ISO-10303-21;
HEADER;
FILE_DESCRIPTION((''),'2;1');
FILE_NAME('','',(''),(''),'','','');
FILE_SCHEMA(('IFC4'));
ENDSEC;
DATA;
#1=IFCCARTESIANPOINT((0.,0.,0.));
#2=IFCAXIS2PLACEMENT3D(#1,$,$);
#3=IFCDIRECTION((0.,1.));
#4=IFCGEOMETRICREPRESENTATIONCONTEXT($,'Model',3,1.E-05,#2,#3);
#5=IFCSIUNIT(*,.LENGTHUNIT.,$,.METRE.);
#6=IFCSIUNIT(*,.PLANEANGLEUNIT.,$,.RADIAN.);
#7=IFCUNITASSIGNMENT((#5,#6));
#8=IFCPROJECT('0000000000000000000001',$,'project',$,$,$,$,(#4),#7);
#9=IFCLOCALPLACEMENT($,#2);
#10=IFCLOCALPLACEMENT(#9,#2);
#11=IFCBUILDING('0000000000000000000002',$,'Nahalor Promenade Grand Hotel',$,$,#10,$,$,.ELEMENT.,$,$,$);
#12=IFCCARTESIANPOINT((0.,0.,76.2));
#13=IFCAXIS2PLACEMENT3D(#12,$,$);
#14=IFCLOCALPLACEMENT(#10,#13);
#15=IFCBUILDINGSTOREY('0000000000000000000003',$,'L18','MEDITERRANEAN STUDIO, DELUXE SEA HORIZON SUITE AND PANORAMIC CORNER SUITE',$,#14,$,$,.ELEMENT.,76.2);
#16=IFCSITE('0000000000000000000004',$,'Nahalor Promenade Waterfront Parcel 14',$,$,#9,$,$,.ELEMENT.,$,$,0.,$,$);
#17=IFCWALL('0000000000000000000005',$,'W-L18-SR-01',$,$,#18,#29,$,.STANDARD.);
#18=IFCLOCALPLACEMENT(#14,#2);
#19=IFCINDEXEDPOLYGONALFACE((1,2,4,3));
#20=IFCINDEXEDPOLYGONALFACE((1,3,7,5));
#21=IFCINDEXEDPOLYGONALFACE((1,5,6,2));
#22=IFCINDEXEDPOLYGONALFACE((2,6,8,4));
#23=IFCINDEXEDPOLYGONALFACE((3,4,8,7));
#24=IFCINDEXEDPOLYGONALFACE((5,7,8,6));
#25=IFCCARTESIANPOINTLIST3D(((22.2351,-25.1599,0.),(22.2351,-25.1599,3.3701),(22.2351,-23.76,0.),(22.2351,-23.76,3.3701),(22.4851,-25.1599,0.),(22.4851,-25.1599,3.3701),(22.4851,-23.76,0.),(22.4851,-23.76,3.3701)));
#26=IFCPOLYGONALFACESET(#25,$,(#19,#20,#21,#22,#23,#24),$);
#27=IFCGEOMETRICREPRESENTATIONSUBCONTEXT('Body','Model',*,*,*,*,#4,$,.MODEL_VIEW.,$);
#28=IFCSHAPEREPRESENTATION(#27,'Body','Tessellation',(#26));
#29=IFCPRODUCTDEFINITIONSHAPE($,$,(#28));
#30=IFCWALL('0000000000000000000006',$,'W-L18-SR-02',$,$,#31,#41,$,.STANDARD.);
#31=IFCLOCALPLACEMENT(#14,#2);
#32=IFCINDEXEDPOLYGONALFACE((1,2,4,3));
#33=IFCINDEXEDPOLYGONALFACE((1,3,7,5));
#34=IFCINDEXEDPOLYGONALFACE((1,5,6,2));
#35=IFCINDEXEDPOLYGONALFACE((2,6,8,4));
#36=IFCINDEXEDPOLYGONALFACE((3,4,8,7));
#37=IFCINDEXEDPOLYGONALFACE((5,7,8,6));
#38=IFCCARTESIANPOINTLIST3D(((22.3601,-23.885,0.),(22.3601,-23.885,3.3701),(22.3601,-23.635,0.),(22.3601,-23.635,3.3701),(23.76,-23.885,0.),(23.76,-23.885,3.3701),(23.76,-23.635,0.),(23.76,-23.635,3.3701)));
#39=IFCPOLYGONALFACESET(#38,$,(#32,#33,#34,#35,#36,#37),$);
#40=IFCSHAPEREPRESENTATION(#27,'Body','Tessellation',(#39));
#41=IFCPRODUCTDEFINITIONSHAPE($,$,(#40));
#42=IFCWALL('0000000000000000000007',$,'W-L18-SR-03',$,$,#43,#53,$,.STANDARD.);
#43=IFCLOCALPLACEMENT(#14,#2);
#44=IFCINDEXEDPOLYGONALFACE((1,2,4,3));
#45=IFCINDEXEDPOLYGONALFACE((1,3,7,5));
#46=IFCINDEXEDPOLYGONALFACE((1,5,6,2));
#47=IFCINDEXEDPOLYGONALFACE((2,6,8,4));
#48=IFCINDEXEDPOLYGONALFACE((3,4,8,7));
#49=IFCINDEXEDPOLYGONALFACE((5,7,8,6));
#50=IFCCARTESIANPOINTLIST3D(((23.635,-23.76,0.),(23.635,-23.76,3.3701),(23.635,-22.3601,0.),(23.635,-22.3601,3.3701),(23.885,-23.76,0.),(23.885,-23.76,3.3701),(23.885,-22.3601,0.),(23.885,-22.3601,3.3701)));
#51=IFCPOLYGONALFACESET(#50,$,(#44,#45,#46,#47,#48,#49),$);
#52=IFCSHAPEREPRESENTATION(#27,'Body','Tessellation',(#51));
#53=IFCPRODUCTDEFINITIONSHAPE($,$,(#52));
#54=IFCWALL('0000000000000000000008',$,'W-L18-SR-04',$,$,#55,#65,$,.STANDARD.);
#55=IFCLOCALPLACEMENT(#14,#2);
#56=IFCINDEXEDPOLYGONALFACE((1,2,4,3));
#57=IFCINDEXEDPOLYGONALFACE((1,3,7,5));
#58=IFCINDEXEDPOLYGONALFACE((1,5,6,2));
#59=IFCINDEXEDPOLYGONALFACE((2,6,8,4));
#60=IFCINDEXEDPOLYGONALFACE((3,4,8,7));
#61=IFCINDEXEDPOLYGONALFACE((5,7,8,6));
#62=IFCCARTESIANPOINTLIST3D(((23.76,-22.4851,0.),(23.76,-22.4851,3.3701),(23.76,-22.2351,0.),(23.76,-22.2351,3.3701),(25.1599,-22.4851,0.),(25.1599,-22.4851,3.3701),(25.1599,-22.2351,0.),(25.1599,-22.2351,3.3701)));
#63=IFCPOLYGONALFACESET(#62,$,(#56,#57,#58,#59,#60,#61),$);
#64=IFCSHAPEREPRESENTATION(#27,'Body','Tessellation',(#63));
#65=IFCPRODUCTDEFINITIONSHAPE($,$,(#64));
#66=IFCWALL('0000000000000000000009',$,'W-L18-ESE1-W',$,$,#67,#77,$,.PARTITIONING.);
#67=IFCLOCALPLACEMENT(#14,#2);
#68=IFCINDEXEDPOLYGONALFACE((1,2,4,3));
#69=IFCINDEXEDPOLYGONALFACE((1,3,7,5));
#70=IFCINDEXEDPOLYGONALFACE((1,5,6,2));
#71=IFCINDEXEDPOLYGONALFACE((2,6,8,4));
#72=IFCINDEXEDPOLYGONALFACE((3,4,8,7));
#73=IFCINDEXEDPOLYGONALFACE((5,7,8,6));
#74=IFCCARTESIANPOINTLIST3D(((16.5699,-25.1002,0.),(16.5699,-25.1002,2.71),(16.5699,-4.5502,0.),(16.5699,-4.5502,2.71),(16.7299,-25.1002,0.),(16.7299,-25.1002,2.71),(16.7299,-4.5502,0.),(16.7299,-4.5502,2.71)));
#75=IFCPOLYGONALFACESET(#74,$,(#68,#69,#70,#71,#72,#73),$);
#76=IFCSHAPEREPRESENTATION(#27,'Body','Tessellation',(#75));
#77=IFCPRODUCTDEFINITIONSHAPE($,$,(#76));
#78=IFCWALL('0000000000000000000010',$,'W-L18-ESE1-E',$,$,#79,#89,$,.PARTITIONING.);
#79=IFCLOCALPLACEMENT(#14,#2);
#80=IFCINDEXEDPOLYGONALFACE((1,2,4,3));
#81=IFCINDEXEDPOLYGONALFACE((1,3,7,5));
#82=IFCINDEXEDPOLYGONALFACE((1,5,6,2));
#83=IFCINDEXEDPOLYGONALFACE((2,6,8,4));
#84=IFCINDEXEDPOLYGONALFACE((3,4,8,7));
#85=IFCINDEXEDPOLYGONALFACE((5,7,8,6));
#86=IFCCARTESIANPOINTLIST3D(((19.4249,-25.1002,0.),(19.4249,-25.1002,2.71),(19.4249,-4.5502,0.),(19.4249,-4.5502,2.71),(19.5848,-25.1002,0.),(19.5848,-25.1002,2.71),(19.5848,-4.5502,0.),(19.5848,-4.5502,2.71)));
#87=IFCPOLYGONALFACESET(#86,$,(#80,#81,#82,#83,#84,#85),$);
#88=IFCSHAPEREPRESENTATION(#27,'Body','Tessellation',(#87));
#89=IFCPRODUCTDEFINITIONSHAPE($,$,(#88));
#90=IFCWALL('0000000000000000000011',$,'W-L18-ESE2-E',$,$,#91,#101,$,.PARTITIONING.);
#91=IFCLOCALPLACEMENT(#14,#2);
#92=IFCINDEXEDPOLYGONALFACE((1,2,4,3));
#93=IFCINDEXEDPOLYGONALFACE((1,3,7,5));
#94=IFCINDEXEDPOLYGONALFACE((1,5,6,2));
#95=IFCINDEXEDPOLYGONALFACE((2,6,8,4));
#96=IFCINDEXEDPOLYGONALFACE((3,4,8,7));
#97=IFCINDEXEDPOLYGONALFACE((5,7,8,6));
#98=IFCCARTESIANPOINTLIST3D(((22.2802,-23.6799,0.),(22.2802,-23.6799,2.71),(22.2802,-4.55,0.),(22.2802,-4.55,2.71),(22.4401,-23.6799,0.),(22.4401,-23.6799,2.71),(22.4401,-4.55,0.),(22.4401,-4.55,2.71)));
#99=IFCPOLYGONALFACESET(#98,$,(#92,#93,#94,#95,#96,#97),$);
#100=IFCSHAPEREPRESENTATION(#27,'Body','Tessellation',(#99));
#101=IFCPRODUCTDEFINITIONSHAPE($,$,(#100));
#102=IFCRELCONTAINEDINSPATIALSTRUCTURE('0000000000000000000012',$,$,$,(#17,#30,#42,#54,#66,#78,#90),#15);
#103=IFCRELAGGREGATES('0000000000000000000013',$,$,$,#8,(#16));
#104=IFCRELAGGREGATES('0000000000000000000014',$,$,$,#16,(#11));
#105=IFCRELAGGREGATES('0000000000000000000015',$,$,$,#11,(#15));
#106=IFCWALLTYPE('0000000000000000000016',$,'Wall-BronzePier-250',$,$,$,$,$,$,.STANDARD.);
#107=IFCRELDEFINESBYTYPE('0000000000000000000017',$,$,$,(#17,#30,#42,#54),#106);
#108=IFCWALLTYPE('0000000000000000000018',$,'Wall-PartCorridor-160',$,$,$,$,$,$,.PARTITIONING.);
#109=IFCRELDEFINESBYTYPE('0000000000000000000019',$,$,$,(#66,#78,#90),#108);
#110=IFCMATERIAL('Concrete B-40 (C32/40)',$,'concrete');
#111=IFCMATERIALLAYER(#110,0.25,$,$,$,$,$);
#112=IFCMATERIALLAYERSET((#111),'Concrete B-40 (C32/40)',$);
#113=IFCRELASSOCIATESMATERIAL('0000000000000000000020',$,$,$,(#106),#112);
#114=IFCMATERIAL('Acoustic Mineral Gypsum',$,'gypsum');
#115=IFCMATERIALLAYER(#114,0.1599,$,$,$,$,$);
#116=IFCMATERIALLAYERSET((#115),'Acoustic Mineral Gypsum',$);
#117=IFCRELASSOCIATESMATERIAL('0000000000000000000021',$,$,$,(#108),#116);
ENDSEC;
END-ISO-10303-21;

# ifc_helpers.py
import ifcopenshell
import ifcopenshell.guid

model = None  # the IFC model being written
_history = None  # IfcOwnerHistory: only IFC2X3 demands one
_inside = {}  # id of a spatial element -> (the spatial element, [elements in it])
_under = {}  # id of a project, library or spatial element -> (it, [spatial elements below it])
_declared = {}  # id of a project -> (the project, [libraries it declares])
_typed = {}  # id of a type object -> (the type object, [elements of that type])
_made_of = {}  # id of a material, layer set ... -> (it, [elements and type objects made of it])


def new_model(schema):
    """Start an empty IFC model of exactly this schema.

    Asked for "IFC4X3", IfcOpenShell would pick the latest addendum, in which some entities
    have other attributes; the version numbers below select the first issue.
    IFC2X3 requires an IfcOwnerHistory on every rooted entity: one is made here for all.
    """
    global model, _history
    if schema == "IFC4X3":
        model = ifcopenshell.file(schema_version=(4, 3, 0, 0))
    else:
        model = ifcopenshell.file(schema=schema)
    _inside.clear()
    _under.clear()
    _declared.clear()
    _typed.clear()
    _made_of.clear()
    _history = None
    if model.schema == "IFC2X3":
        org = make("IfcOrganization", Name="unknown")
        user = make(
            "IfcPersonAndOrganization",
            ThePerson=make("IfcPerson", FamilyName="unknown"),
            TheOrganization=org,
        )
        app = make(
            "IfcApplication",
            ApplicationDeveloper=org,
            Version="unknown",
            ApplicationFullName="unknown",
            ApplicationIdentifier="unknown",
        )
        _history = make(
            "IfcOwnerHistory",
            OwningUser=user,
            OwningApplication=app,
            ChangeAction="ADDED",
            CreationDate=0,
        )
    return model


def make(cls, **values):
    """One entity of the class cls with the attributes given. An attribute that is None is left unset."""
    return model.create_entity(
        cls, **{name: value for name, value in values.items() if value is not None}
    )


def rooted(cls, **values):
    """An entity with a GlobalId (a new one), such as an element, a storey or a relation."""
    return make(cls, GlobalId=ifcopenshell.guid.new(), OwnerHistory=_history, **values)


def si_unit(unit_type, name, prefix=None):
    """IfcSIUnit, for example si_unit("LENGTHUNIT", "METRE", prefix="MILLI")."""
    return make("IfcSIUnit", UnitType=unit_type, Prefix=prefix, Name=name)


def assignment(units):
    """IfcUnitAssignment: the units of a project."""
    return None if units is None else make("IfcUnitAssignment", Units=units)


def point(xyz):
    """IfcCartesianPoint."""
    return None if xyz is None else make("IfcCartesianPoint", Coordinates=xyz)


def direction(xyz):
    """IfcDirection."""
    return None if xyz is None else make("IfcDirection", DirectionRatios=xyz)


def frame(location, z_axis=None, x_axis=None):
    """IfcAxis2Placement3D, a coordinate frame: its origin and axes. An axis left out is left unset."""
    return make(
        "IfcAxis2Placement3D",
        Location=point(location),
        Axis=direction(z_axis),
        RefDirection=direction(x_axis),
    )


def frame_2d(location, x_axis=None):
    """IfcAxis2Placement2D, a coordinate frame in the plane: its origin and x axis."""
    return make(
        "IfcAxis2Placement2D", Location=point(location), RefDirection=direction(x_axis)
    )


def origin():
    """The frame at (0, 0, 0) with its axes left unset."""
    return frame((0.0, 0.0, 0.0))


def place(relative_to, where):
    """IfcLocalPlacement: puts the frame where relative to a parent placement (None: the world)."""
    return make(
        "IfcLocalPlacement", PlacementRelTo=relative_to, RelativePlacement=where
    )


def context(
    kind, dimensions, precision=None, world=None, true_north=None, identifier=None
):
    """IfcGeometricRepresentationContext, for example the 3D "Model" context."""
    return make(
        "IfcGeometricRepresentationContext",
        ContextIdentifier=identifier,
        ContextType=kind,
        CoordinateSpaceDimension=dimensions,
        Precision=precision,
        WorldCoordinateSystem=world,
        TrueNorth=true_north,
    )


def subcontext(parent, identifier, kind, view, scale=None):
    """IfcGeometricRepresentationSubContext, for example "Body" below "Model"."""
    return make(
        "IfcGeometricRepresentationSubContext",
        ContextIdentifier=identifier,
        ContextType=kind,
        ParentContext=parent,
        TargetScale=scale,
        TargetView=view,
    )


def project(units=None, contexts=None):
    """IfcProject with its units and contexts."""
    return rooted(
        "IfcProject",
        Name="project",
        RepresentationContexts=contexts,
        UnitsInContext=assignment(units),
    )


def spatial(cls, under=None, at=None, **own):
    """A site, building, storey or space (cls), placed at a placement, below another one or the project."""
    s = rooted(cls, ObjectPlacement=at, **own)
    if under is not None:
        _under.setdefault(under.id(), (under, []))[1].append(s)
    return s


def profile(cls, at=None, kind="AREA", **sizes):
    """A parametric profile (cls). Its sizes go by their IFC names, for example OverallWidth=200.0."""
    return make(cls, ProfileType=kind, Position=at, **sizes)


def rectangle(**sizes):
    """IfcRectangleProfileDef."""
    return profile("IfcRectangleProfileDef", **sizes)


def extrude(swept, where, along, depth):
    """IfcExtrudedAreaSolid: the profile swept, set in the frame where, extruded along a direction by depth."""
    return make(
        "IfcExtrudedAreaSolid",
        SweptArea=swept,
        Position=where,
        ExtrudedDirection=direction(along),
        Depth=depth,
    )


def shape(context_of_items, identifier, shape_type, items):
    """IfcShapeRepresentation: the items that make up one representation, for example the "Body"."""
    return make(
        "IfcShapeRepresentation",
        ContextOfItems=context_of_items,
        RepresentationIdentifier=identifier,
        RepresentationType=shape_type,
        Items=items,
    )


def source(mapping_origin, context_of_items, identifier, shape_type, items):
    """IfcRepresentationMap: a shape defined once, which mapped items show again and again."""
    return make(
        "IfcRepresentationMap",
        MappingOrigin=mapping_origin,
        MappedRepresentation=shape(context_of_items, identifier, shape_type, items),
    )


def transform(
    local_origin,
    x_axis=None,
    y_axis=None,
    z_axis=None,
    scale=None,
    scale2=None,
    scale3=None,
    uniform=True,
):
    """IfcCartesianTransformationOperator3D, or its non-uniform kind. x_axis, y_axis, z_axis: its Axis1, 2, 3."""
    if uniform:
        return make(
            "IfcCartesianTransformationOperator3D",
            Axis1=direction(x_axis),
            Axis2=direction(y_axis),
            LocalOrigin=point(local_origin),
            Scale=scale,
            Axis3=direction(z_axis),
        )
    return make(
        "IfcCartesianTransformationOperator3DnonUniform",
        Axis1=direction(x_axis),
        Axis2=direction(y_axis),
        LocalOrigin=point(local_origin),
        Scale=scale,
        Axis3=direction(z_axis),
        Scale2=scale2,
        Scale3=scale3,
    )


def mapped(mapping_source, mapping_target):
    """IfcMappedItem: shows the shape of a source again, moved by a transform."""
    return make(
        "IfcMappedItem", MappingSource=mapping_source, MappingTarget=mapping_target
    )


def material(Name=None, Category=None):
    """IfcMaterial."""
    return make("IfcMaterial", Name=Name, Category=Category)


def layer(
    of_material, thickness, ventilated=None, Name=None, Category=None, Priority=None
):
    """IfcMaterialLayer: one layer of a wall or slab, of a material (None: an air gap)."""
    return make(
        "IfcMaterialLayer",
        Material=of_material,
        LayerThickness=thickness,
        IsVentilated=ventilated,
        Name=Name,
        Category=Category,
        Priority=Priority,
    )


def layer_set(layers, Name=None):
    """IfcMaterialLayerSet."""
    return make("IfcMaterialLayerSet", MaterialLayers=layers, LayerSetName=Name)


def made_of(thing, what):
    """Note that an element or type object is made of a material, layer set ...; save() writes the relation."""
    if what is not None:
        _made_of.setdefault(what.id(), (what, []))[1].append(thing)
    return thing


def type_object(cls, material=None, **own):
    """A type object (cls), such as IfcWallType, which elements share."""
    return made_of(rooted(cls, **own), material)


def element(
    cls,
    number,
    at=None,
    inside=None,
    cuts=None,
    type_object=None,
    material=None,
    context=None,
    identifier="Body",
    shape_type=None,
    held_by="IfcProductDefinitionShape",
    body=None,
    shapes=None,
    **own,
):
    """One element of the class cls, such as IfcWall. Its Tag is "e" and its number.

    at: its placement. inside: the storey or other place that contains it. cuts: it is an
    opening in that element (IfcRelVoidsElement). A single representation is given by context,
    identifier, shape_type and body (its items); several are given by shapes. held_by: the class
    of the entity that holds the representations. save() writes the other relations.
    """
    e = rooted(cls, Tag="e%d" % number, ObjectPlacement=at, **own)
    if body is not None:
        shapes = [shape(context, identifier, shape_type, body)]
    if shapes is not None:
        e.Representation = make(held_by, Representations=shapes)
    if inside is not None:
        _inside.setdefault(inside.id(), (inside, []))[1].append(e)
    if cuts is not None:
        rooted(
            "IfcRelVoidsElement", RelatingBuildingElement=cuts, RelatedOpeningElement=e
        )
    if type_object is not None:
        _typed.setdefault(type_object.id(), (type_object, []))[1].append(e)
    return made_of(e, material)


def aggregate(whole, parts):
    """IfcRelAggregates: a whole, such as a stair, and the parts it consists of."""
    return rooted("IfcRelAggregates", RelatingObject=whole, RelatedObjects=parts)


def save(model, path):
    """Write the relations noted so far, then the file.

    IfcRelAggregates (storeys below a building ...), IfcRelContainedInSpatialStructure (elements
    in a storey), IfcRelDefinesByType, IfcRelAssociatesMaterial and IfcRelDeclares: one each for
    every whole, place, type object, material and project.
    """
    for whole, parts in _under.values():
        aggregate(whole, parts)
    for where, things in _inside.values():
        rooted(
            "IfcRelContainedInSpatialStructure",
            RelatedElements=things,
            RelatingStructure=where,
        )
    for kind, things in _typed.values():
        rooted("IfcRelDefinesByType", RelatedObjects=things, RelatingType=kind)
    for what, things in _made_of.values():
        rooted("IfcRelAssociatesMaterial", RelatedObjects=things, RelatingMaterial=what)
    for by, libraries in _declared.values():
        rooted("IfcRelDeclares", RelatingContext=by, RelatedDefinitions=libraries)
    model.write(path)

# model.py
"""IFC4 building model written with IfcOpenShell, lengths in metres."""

from ifc_helpers import new_model, si_unit, direction, frame, frame_2d, origin, place, context, subcontext, project, spatial, rectangle, extrude, source, transform, mapped, material, layer, layer_set, type_object, element, save


model = new_model("IFC4")

# Units and contexts
model_context = context("Model", 3, precision=1e-05, world=origin(), true_north=direction((0.0, 1.0)))
body_context = subcontext(model_context, "Body", "Model", "MODEL_VIEW")
ifc_project = project(units=[si_unit("LENGTHUNIT", "METRE"), si_unit("PLANEANGLEUNIT", "RADIAN")], contexts=[model_context])

# Site, building, storey
site_placement = place(None, origin())
site = spatial("IfcSite", under=ifc_project, at=site_placement, Name="Nahalor Promenade Waterfront Parcel 14", CompositionType="ELEMENT", RefElevation=0.0)
building_placement = place(site_placement, origin())
building = spatial("IfcBuilding", under=site, at=building_placement, Name="Nahalor Promenade Grand Hotel", CompositionType="ELEMENT")
storey_placement = place(building_placement, frame((0.0, 0.0, 76.2)))
storey = spatial("IfcBuildingStorey", under=building, at=storey_placement, Name="L18", Description="MEDITERRANEAN STUDIO, DELUXE SEA HORIZON SUITE AND PANORAMIC CORNER SUITE", CompositionType="ELEMENT", Elevation=76.2)

# Walls
ifc_material_1 = material(Name="Concrete B-40 (C32/40)", Category="concrete")
ifc_layer_1 = layer(ifc_material_1, 0.25)
ifc_layer_set_1 = layer_set([ifc_layer_1], Name="Concrete B-40 (C32/40)")
wall_type_1 = type_object("IfcWallType", Name="Wall-BronzePier-250", PredefinedType="STANDARD", material=ifc_layer_set_1)
shared_shape_1 = source(origin(), body_context, "Body", "SweptSolid", [
    extrude(rectangle(XDim=1.3999, YDim=0.25, at=frame_2d((0.7, 0.0))), origin(), (0.0, 0.0, 1.0), 3.3701),
])
for number, where, z_axis, x_axis, name in (
    (1, (22.3601, -25.1599, 0.0), (0.0, 0.0, 1.0), (0.0, 1.0, 0.0), "W-L18-SR-01"),
    (2, (22.3601, -23.76, 0.0), (0.0, 0.0, 1.0), (1.0, 0.0, 0.0), "W-L18-SR-02"),
    (3, (23.76, -23.76, 0.0), (0.0, 0.0, 1.0), (0.0, 1.0, 0.0), "W-L18-SR-03"),
    (4, (23.76, -22.3601, 0.0), (0.0, 0.0, 1.0), (1.0, 0.0, 0.0), "W-L18-SR-04"),
):
    element("IfcWall", number, at=place(storey_placement, frame(where, z_axis=z_axis, x_axis=x_axis)), inside=storey, type_object=wall_type_1, Name=name, PredefinedType="STANDARD", context=body_context, shape_type="MappedRepresentation", body=[
        mapped(shared_shape_1, transform((0.0, 0.0, 0.0), scale=1.0)),
    ])
ifc_material_2 = material(Name="Acoustic Mineral Gypsum", Category="gypsum")
ifc_layer_2 = layer(ifc_material_2, 0.1599)
ifc_layer_set_2 = layer_set([ifc_layer_2], Name="Acoustic Mineral Gypsum")
wall_type_2 = type_object("IfcWallType", Name="Wall-PartCorridor-160", PredefinedType="PARTITIONING", material=ifc_layer_set_2)
shared_shape_2 = source(origin(), body_context, "Body", "SweptSolid", [
    extrude(rectangle(XDim=20.55, YDim=0.1599, at=frame_2d((10.2749, 0.0))), origin(), (0.0, 0.0, 1.0), 2.71),
])
for number, where, z_axis, x_axis, name in (
    (5, (16.6499, -25.1001, 0.0), (0.0, 0.0, 1.0), (0.0, 1.0, 0.0), "W-L18-ESE1-W"),
    (6, (19.5049, -25.1001, 0.0), (0.0, 0.0, 1.0), (0.0, 1.0, 0.0), "W-L18-ESE1-E"),
):
    element("IfcWall", number, at=place(storey_placement, frame(where, z_axis=z_axis, x_axis=x_axis)), inside=storey, type_object=wall_type_2, Name=name, PredefinedType="PARTITIONING", context=body_context, shape_type="MappedRepresentation", body=[
        mapped(shared_shape_2, transform((0.0, 0.0, 0.0), scale=1.0)),
    ])
shared_shape_3 = source(origin(), body_context, "Body", "SweptSolid", [
    extrude(rectangle(XDim=19.1299, YDim=0.1599, at=frame_2d((9.5649, 0.0))), origin(), (0.0, 0.0, 1.0), 2.71),
])
wall_1_placement = place(storey_placement, frame((22.3601, -23.6799, 0.0), z_axis=(0.0, 0.0, 1.0), x_axis=(0.0, 1.0, 0.0)))
element("IfcWall", 7, at=wall_1_placement, inside=storey, type_object=wall_type_2, Name="W-L18-ESE2-E", PredefinedType="PARTITIONING", context=body_context, shape_type="MappedRepresentation", body=[
    mapped(shared_shape_3, transform((0.0, 0.0, 0.0), scale=1.0)),
])

save(model, "model.ifc")
